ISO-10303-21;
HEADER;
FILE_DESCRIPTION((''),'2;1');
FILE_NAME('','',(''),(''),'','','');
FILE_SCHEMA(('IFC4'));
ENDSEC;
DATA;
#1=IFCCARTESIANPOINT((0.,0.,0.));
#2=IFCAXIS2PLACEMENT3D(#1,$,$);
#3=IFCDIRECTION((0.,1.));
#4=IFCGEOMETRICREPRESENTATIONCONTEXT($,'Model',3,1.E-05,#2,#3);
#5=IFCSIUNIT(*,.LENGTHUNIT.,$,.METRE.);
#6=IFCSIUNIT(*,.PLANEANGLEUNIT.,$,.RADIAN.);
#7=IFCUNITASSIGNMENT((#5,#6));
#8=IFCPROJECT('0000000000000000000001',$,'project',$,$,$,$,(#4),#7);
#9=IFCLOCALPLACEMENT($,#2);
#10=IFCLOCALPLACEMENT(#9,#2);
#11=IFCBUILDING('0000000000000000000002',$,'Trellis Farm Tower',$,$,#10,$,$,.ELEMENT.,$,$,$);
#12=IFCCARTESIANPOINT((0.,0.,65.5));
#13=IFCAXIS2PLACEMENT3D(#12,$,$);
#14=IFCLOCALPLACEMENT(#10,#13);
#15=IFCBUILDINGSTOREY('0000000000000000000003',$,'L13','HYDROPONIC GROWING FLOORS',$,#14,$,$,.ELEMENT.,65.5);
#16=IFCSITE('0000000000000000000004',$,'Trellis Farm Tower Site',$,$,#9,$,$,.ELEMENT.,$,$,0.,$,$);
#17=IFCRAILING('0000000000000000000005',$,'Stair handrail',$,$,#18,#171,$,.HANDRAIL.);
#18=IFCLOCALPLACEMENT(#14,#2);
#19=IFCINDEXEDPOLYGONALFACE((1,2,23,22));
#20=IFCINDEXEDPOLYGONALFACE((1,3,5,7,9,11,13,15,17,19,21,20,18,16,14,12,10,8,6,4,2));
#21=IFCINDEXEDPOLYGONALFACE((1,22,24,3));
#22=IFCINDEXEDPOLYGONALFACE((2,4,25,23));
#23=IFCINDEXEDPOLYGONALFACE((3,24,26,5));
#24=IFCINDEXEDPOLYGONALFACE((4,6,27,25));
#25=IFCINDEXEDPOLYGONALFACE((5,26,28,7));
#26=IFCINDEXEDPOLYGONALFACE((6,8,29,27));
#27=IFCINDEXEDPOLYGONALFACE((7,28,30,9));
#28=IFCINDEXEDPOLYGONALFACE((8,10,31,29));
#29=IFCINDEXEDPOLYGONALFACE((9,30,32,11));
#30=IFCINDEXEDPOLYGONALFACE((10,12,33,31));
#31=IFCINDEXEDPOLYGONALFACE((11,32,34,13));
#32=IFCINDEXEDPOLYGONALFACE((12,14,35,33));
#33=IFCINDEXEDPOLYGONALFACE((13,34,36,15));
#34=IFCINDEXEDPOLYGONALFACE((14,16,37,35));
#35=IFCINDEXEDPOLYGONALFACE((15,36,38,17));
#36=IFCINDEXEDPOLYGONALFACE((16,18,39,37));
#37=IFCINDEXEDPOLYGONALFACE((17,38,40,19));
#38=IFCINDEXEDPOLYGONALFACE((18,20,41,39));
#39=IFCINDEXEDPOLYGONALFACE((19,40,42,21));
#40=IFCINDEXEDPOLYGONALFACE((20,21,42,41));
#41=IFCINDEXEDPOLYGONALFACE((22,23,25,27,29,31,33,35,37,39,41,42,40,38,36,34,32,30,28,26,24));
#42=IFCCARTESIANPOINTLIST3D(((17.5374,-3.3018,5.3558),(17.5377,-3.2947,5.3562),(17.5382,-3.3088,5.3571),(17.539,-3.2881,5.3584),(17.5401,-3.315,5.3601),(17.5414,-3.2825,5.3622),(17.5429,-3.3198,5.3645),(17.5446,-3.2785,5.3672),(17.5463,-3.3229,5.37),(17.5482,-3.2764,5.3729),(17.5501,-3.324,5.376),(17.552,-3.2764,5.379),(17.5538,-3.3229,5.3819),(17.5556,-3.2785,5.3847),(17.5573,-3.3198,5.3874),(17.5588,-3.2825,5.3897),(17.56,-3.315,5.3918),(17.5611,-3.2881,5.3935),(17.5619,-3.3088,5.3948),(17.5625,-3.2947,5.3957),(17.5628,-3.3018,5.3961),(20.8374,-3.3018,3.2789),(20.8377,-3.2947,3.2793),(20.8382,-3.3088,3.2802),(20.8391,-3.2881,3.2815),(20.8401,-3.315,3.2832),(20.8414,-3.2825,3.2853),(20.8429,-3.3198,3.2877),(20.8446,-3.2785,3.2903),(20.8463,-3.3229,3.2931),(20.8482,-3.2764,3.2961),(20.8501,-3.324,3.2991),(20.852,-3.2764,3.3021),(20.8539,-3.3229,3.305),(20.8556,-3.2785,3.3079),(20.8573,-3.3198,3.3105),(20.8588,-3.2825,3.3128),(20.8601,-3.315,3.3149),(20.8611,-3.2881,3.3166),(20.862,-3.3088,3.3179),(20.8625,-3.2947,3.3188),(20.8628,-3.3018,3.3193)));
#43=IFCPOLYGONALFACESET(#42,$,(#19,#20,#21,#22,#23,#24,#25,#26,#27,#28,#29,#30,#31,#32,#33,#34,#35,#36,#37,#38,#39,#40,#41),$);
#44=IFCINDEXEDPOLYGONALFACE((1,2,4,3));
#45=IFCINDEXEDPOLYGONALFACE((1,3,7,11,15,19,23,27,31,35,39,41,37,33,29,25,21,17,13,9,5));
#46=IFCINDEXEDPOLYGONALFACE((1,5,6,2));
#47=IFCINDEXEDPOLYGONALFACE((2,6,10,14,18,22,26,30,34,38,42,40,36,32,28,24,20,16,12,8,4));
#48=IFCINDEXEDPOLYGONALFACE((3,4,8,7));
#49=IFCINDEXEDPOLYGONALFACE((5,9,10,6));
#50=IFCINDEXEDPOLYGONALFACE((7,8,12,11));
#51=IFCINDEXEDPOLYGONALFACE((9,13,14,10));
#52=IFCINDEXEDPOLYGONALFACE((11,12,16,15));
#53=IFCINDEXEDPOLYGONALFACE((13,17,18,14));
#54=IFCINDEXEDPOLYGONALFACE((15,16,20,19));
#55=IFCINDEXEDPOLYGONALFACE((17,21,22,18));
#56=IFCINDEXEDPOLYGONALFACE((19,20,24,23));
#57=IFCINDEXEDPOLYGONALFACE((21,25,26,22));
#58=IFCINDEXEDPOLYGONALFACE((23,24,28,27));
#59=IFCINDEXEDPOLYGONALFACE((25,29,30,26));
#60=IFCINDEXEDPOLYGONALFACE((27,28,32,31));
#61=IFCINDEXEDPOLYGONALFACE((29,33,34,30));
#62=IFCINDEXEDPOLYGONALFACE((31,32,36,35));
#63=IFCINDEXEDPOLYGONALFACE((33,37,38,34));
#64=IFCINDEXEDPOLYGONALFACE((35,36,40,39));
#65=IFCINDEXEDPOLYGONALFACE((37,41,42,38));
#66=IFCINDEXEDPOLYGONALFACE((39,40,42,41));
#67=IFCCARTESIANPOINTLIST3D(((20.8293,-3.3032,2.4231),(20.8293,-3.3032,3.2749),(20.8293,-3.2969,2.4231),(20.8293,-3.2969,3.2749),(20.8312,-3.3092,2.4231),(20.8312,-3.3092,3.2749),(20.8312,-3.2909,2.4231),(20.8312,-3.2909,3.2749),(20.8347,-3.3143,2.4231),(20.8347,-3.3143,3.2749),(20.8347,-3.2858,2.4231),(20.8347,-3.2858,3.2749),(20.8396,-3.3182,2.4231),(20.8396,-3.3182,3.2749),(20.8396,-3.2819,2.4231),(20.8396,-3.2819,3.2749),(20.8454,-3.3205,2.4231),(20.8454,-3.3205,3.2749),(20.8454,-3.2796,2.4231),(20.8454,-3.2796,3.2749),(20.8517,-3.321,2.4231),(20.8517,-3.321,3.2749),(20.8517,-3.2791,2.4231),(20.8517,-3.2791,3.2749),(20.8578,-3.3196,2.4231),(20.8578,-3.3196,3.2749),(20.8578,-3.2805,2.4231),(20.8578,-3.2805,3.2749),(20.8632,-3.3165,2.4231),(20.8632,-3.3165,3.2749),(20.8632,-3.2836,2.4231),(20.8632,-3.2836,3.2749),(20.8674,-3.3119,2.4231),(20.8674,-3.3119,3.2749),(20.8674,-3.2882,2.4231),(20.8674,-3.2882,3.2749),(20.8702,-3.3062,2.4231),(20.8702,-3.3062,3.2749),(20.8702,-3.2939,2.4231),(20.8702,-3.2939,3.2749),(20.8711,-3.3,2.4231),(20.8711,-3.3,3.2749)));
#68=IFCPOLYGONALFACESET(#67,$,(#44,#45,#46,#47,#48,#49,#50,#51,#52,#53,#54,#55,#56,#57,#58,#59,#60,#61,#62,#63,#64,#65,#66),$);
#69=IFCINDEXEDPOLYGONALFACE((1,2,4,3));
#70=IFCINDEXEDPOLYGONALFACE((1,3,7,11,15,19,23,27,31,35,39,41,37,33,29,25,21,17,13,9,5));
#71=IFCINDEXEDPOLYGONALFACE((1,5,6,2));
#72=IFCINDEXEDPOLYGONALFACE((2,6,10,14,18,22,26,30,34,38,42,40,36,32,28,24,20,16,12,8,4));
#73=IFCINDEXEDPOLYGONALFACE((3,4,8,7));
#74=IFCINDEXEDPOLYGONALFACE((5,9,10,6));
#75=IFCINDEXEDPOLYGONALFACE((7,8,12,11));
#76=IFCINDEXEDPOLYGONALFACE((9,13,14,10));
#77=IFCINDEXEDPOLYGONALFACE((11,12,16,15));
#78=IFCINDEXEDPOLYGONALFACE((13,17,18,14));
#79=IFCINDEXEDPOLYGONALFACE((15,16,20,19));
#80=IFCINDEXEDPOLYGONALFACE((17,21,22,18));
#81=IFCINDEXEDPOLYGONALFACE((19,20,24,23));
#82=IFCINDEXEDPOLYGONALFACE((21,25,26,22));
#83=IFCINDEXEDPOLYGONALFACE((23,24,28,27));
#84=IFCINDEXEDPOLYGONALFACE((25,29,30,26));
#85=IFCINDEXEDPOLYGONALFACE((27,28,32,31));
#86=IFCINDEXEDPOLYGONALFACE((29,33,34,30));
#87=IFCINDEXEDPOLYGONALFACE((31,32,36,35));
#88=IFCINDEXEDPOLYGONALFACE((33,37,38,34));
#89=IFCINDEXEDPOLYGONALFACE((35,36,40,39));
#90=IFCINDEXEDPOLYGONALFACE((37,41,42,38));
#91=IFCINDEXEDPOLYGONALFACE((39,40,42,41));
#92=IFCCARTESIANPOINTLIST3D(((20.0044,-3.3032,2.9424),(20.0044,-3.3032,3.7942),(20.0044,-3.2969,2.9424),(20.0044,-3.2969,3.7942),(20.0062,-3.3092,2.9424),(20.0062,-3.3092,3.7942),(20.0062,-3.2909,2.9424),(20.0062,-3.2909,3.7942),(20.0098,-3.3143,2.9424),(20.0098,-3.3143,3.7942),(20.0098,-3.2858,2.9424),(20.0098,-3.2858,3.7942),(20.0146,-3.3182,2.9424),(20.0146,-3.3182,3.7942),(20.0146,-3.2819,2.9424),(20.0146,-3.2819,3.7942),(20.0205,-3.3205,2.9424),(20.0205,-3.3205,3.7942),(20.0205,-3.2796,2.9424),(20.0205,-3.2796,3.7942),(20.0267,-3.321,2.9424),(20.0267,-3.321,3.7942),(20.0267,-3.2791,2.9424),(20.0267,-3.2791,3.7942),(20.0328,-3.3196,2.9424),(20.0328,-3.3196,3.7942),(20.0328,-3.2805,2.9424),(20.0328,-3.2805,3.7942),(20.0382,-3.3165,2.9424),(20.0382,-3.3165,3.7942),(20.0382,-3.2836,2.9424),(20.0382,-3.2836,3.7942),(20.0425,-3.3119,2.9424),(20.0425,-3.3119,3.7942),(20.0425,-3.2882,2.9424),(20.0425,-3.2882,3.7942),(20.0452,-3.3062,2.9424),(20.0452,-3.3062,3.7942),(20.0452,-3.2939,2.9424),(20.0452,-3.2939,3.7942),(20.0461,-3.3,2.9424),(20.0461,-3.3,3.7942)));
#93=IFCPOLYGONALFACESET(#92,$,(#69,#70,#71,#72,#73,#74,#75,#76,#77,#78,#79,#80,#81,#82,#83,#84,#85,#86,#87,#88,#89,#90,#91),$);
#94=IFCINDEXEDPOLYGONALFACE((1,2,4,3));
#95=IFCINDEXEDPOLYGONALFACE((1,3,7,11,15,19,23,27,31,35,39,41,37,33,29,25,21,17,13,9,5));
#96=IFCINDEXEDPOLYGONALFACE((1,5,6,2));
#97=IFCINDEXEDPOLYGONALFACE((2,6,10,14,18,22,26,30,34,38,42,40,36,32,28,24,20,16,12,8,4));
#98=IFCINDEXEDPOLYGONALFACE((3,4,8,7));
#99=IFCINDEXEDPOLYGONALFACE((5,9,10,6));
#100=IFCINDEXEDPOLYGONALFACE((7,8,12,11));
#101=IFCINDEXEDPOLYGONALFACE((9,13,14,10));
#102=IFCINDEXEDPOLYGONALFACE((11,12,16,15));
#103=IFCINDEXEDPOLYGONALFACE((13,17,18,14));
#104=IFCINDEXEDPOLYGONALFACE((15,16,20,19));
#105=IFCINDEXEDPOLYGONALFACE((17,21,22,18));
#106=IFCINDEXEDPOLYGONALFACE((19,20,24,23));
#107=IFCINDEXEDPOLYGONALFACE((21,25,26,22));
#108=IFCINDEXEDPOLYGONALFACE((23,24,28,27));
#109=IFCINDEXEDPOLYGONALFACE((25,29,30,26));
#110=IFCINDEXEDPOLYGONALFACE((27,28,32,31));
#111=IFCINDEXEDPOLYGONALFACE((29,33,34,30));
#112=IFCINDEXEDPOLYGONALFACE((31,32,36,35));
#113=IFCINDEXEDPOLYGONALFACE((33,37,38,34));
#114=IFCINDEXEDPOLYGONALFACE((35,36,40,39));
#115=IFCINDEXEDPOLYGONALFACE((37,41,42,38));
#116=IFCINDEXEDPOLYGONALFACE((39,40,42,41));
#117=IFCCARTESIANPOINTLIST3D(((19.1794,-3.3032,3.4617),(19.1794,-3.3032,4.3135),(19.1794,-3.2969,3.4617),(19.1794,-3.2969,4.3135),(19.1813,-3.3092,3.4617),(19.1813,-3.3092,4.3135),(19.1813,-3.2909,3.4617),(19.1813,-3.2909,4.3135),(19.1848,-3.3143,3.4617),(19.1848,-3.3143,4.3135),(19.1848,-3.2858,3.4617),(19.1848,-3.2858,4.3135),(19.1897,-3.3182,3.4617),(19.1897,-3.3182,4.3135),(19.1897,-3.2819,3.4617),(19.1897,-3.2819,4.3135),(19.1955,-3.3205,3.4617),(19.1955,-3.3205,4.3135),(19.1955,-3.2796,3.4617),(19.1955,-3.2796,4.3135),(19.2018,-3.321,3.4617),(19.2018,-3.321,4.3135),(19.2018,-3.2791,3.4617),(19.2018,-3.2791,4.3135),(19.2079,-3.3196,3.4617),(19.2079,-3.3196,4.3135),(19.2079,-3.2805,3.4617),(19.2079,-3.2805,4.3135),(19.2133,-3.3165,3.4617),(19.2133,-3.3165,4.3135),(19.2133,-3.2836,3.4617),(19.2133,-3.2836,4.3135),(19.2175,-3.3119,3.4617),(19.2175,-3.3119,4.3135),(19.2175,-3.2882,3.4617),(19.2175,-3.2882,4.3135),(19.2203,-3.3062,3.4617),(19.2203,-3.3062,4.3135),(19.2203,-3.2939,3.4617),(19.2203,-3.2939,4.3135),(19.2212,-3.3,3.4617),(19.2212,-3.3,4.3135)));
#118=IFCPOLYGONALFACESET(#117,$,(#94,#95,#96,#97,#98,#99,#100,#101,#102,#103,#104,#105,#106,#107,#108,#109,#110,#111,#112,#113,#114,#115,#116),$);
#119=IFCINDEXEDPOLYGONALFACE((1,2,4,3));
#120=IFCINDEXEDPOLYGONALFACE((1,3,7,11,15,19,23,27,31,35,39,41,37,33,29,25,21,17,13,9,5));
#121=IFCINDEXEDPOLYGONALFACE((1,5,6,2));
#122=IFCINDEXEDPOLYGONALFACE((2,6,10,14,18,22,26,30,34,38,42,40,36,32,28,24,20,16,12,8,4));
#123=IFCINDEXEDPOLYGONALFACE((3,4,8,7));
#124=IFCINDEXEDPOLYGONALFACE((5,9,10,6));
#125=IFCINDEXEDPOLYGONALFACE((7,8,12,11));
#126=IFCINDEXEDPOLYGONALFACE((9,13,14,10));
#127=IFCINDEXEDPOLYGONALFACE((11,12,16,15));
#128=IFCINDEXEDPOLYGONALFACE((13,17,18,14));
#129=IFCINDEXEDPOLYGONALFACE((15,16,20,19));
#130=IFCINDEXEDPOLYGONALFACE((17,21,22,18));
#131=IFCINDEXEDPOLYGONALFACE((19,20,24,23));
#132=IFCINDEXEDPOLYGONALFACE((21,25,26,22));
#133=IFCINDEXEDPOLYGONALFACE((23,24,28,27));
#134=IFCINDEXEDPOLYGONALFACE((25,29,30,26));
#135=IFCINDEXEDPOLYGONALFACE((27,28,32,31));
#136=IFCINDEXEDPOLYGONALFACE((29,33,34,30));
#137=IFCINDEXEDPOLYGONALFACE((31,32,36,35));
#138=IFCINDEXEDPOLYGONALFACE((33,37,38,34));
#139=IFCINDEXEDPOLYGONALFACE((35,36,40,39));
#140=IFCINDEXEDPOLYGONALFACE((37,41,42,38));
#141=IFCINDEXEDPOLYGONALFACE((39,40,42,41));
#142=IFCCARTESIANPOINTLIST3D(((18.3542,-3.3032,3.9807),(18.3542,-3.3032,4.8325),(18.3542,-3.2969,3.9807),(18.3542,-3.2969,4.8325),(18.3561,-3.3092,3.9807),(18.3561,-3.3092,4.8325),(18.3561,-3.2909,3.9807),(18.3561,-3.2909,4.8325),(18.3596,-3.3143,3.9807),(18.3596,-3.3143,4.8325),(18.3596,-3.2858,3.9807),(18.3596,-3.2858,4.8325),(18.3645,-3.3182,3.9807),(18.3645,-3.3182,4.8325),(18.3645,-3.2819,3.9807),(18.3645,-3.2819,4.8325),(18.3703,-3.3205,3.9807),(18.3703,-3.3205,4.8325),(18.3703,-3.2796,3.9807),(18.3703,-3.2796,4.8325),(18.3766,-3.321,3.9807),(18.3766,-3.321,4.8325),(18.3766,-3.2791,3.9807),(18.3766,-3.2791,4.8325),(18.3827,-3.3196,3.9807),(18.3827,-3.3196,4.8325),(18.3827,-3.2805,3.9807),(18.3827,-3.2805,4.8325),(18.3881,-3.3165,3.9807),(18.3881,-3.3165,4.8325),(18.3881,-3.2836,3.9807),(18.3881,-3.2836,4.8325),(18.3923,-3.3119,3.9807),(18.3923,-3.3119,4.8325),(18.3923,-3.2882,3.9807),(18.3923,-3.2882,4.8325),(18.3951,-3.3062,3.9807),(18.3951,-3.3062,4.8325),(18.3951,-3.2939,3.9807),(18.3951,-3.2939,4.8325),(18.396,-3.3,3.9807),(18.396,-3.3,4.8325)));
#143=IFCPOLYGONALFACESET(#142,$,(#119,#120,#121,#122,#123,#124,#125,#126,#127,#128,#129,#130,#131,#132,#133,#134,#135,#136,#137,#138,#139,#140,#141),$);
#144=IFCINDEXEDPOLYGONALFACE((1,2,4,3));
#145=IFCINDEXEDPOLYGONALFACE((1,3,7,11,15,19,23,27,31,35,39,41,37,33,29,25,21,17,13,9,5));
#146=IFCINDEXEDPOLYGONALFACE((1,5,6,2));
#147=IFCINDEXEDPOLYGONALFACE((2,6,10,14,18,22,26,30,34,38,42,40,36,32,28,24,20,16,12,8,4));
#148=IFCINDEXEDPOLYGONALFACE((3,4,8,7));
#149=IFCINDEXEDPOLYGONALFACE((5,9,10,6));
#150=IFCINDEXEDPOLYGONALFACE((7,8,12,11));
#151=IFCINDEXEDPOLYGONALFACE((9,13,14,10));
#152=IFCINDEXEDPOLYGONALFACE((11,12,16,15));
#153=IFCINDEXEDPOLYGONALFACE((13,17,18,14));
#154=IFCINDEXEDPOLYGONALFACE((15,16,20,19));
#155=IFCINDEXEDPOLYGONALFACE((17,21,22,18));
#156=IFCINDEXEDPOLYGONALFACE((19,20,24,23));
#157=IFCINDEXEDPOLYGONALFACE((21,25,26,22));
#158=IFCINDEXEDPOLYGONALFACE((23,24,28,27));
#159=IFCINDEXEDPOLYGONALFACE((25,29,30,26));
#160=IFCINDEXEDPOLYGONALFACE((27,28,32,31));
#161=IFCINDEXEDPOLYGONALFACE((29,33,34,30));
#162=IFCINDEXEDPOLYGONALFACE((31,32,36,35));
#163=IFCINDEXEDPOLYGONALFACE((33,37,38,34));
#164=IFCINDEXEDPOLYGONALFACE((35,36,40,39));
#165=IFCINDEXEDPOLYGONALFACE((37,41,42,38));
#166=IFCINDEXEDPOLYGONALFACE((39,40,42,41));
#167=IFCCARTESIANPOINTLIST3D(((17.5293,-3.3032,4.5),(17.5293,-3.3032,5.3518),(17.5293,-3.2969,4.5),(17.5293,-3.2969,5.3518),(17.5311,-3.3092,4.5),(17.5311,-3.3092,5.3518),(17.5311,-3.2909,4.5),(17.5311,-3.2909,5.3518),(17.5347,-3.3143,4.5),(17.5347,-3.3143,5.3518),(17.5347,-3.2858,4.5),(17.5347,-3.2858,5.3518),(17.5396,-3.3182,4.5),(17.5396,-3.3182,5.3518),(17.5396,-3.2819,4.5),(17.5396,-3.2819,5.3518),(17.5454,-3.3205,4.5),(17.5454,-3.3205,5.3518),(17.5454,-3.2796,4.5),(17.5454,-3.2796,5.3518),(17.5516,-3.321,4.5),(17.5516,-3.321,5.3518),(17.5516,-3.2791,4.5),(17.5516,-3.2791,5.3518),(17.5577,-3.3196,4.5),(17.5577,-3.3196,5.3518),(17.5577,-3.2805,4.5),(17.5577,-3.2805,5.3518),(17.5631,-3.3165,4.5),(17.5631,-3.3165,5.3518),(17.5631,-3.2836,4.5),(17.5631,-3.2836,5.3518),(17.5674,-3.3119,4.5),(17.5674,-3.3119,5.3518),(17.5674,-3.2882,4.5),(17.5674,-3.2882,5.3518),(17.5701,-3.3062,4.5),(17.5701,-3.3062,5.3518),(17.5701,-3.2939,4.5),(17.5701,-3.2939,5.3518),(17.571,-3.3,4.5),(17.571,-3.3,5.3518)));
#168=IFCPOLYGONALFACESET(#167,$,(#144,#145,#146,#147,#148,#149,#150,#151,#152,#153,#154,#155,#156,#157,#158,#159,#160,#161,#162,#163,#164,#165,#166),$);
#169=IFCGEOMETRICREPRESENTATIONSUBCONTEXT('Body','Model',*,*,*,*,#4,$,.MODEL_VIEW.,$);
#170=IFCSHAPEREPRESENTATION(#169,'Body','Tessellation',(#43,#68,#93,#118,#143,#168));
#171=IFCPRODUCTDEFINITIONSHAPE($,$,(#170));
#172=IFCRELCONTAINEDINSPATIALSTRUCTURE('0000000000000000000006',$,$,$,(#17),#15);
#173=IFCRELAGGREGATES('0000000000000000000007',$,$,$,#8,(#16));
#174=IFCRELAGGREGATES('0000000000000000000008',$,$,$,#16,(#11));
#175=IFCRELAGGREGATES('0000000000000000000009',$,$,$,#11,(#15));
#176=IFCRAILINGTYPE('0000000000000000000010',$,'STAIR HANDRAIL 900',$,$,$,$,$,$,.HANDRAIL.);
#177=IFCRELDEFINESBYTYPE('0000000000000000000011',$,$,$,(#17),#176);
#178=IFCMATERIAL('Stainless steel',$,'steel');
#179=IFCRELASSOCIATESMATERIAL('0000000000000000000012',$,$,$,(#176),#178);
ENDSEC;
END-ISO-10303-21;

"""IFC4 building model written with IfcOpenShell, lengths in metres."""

from ifc_helpers import new_model, si_unit, direction, frame, origin, origin_2d, place, context, subcontext, project, spatial, circle, extrude, source, transform, mapped, material, type_object, element, save


model = new_model("IFC4")

# Units and contexts
model_context = context("Model", 3, precision=1e-05, world=origin(), true_north=direction((0.0, 1.0)))
body_context = subcontext(model_context, "Body", "Model", "MODEL_VIEW")
ifc_project = project(units=[si_unit("LENGTHUNIT", "METRE"), si_unit("PLANEANGLEUNIT", "RADIAN")], contexts=[model_context])

# Site, building, storey
site_placement = place(None, origin())
site = spatial("IfcSite", under=ifc_project, at=site_placement, Name="Trellis Farm Tower Site", CompositionType="ELEMENT", RefElevation=0.0)
building_placement = place(site_placement, origin())
building = spatial("IfcBuilding", under=site, at=building_placement, Name="Trellis Farm Tower", CompositionType="ELEMENT")
storey_placement = place(building_placement, frame((0.0, 0.0, 65.5)))
storey = spatial("IfcBuildingStorey", under=building, at=storey_placement, Name="L13", Description="HYDROPONIC GROWING FLOORS", CompositionType="ELEMENT", Elevation=65.5)

# Shared definitions
ifc_material_1 = material(Name="Stainless steel", Category="steel")

# Railing
railing_type = type_object("IfcRailingType", Name="STAIR HANDRAIL 900", PredefinedType="HANDRAIL", material=ifc_material_1)
shared_shape_1 = source(origin(), body_context, "Body", "SweptSolid", [
    extrude(circle(Radius=0.0239, at=origin_2d()), frame((0.0, 0.0, 0.876), z_axis=(-0.846337, 0.0, 0.532647), x_axis=(0.0, -1.0, 0.0)), (0.0, 0.0, 1.0), 3.8992),
    extrude(circle(Radius=0.021, at=origin_2d()), origin(), (0.0, 0.0, 1.0), 0.8518),
    extrude(circle(Radius=0.021, at=origin_2d()), frame((-0.825, 0.0, 0.5193)), (0.0, 0.0, 1.0), 0.8518),
    extrude(circle(Radius=0.021, at=origin_2d()), frame((-1.6499, 0.0, 1.0386)), (0.0, 0.0, 1.0), 0.8518),
    extrude(circle(Radius=0.021, at=origin_2d()), frame((-2.4751, 0.0, 1.5576)), (0.0, 0.0, 1.0), 0.8518),
    extrude(circle(Radius=0.021, at=origin_2d()), frame((-3.3, 0.0, 2.0769)), (0.0, 0.0, 1.0), 0.8518),
])
for number, where, name in (
    (1, (20.8501, -3.3, 2.4231), "Stair handrail"),
):
    element("IfcRailing", number, at=place(storey_placement, frame(where)), inside=storey, type_object=railing_type, Name=name, PredefinedType="HANDRAIL", context=body_context, shape_type="MappedRepresentation", body=[
        mapped(shared_shape_1, transform((0.0, 0.0, 0.0))),
    ])

save(model, "model.ifc")
